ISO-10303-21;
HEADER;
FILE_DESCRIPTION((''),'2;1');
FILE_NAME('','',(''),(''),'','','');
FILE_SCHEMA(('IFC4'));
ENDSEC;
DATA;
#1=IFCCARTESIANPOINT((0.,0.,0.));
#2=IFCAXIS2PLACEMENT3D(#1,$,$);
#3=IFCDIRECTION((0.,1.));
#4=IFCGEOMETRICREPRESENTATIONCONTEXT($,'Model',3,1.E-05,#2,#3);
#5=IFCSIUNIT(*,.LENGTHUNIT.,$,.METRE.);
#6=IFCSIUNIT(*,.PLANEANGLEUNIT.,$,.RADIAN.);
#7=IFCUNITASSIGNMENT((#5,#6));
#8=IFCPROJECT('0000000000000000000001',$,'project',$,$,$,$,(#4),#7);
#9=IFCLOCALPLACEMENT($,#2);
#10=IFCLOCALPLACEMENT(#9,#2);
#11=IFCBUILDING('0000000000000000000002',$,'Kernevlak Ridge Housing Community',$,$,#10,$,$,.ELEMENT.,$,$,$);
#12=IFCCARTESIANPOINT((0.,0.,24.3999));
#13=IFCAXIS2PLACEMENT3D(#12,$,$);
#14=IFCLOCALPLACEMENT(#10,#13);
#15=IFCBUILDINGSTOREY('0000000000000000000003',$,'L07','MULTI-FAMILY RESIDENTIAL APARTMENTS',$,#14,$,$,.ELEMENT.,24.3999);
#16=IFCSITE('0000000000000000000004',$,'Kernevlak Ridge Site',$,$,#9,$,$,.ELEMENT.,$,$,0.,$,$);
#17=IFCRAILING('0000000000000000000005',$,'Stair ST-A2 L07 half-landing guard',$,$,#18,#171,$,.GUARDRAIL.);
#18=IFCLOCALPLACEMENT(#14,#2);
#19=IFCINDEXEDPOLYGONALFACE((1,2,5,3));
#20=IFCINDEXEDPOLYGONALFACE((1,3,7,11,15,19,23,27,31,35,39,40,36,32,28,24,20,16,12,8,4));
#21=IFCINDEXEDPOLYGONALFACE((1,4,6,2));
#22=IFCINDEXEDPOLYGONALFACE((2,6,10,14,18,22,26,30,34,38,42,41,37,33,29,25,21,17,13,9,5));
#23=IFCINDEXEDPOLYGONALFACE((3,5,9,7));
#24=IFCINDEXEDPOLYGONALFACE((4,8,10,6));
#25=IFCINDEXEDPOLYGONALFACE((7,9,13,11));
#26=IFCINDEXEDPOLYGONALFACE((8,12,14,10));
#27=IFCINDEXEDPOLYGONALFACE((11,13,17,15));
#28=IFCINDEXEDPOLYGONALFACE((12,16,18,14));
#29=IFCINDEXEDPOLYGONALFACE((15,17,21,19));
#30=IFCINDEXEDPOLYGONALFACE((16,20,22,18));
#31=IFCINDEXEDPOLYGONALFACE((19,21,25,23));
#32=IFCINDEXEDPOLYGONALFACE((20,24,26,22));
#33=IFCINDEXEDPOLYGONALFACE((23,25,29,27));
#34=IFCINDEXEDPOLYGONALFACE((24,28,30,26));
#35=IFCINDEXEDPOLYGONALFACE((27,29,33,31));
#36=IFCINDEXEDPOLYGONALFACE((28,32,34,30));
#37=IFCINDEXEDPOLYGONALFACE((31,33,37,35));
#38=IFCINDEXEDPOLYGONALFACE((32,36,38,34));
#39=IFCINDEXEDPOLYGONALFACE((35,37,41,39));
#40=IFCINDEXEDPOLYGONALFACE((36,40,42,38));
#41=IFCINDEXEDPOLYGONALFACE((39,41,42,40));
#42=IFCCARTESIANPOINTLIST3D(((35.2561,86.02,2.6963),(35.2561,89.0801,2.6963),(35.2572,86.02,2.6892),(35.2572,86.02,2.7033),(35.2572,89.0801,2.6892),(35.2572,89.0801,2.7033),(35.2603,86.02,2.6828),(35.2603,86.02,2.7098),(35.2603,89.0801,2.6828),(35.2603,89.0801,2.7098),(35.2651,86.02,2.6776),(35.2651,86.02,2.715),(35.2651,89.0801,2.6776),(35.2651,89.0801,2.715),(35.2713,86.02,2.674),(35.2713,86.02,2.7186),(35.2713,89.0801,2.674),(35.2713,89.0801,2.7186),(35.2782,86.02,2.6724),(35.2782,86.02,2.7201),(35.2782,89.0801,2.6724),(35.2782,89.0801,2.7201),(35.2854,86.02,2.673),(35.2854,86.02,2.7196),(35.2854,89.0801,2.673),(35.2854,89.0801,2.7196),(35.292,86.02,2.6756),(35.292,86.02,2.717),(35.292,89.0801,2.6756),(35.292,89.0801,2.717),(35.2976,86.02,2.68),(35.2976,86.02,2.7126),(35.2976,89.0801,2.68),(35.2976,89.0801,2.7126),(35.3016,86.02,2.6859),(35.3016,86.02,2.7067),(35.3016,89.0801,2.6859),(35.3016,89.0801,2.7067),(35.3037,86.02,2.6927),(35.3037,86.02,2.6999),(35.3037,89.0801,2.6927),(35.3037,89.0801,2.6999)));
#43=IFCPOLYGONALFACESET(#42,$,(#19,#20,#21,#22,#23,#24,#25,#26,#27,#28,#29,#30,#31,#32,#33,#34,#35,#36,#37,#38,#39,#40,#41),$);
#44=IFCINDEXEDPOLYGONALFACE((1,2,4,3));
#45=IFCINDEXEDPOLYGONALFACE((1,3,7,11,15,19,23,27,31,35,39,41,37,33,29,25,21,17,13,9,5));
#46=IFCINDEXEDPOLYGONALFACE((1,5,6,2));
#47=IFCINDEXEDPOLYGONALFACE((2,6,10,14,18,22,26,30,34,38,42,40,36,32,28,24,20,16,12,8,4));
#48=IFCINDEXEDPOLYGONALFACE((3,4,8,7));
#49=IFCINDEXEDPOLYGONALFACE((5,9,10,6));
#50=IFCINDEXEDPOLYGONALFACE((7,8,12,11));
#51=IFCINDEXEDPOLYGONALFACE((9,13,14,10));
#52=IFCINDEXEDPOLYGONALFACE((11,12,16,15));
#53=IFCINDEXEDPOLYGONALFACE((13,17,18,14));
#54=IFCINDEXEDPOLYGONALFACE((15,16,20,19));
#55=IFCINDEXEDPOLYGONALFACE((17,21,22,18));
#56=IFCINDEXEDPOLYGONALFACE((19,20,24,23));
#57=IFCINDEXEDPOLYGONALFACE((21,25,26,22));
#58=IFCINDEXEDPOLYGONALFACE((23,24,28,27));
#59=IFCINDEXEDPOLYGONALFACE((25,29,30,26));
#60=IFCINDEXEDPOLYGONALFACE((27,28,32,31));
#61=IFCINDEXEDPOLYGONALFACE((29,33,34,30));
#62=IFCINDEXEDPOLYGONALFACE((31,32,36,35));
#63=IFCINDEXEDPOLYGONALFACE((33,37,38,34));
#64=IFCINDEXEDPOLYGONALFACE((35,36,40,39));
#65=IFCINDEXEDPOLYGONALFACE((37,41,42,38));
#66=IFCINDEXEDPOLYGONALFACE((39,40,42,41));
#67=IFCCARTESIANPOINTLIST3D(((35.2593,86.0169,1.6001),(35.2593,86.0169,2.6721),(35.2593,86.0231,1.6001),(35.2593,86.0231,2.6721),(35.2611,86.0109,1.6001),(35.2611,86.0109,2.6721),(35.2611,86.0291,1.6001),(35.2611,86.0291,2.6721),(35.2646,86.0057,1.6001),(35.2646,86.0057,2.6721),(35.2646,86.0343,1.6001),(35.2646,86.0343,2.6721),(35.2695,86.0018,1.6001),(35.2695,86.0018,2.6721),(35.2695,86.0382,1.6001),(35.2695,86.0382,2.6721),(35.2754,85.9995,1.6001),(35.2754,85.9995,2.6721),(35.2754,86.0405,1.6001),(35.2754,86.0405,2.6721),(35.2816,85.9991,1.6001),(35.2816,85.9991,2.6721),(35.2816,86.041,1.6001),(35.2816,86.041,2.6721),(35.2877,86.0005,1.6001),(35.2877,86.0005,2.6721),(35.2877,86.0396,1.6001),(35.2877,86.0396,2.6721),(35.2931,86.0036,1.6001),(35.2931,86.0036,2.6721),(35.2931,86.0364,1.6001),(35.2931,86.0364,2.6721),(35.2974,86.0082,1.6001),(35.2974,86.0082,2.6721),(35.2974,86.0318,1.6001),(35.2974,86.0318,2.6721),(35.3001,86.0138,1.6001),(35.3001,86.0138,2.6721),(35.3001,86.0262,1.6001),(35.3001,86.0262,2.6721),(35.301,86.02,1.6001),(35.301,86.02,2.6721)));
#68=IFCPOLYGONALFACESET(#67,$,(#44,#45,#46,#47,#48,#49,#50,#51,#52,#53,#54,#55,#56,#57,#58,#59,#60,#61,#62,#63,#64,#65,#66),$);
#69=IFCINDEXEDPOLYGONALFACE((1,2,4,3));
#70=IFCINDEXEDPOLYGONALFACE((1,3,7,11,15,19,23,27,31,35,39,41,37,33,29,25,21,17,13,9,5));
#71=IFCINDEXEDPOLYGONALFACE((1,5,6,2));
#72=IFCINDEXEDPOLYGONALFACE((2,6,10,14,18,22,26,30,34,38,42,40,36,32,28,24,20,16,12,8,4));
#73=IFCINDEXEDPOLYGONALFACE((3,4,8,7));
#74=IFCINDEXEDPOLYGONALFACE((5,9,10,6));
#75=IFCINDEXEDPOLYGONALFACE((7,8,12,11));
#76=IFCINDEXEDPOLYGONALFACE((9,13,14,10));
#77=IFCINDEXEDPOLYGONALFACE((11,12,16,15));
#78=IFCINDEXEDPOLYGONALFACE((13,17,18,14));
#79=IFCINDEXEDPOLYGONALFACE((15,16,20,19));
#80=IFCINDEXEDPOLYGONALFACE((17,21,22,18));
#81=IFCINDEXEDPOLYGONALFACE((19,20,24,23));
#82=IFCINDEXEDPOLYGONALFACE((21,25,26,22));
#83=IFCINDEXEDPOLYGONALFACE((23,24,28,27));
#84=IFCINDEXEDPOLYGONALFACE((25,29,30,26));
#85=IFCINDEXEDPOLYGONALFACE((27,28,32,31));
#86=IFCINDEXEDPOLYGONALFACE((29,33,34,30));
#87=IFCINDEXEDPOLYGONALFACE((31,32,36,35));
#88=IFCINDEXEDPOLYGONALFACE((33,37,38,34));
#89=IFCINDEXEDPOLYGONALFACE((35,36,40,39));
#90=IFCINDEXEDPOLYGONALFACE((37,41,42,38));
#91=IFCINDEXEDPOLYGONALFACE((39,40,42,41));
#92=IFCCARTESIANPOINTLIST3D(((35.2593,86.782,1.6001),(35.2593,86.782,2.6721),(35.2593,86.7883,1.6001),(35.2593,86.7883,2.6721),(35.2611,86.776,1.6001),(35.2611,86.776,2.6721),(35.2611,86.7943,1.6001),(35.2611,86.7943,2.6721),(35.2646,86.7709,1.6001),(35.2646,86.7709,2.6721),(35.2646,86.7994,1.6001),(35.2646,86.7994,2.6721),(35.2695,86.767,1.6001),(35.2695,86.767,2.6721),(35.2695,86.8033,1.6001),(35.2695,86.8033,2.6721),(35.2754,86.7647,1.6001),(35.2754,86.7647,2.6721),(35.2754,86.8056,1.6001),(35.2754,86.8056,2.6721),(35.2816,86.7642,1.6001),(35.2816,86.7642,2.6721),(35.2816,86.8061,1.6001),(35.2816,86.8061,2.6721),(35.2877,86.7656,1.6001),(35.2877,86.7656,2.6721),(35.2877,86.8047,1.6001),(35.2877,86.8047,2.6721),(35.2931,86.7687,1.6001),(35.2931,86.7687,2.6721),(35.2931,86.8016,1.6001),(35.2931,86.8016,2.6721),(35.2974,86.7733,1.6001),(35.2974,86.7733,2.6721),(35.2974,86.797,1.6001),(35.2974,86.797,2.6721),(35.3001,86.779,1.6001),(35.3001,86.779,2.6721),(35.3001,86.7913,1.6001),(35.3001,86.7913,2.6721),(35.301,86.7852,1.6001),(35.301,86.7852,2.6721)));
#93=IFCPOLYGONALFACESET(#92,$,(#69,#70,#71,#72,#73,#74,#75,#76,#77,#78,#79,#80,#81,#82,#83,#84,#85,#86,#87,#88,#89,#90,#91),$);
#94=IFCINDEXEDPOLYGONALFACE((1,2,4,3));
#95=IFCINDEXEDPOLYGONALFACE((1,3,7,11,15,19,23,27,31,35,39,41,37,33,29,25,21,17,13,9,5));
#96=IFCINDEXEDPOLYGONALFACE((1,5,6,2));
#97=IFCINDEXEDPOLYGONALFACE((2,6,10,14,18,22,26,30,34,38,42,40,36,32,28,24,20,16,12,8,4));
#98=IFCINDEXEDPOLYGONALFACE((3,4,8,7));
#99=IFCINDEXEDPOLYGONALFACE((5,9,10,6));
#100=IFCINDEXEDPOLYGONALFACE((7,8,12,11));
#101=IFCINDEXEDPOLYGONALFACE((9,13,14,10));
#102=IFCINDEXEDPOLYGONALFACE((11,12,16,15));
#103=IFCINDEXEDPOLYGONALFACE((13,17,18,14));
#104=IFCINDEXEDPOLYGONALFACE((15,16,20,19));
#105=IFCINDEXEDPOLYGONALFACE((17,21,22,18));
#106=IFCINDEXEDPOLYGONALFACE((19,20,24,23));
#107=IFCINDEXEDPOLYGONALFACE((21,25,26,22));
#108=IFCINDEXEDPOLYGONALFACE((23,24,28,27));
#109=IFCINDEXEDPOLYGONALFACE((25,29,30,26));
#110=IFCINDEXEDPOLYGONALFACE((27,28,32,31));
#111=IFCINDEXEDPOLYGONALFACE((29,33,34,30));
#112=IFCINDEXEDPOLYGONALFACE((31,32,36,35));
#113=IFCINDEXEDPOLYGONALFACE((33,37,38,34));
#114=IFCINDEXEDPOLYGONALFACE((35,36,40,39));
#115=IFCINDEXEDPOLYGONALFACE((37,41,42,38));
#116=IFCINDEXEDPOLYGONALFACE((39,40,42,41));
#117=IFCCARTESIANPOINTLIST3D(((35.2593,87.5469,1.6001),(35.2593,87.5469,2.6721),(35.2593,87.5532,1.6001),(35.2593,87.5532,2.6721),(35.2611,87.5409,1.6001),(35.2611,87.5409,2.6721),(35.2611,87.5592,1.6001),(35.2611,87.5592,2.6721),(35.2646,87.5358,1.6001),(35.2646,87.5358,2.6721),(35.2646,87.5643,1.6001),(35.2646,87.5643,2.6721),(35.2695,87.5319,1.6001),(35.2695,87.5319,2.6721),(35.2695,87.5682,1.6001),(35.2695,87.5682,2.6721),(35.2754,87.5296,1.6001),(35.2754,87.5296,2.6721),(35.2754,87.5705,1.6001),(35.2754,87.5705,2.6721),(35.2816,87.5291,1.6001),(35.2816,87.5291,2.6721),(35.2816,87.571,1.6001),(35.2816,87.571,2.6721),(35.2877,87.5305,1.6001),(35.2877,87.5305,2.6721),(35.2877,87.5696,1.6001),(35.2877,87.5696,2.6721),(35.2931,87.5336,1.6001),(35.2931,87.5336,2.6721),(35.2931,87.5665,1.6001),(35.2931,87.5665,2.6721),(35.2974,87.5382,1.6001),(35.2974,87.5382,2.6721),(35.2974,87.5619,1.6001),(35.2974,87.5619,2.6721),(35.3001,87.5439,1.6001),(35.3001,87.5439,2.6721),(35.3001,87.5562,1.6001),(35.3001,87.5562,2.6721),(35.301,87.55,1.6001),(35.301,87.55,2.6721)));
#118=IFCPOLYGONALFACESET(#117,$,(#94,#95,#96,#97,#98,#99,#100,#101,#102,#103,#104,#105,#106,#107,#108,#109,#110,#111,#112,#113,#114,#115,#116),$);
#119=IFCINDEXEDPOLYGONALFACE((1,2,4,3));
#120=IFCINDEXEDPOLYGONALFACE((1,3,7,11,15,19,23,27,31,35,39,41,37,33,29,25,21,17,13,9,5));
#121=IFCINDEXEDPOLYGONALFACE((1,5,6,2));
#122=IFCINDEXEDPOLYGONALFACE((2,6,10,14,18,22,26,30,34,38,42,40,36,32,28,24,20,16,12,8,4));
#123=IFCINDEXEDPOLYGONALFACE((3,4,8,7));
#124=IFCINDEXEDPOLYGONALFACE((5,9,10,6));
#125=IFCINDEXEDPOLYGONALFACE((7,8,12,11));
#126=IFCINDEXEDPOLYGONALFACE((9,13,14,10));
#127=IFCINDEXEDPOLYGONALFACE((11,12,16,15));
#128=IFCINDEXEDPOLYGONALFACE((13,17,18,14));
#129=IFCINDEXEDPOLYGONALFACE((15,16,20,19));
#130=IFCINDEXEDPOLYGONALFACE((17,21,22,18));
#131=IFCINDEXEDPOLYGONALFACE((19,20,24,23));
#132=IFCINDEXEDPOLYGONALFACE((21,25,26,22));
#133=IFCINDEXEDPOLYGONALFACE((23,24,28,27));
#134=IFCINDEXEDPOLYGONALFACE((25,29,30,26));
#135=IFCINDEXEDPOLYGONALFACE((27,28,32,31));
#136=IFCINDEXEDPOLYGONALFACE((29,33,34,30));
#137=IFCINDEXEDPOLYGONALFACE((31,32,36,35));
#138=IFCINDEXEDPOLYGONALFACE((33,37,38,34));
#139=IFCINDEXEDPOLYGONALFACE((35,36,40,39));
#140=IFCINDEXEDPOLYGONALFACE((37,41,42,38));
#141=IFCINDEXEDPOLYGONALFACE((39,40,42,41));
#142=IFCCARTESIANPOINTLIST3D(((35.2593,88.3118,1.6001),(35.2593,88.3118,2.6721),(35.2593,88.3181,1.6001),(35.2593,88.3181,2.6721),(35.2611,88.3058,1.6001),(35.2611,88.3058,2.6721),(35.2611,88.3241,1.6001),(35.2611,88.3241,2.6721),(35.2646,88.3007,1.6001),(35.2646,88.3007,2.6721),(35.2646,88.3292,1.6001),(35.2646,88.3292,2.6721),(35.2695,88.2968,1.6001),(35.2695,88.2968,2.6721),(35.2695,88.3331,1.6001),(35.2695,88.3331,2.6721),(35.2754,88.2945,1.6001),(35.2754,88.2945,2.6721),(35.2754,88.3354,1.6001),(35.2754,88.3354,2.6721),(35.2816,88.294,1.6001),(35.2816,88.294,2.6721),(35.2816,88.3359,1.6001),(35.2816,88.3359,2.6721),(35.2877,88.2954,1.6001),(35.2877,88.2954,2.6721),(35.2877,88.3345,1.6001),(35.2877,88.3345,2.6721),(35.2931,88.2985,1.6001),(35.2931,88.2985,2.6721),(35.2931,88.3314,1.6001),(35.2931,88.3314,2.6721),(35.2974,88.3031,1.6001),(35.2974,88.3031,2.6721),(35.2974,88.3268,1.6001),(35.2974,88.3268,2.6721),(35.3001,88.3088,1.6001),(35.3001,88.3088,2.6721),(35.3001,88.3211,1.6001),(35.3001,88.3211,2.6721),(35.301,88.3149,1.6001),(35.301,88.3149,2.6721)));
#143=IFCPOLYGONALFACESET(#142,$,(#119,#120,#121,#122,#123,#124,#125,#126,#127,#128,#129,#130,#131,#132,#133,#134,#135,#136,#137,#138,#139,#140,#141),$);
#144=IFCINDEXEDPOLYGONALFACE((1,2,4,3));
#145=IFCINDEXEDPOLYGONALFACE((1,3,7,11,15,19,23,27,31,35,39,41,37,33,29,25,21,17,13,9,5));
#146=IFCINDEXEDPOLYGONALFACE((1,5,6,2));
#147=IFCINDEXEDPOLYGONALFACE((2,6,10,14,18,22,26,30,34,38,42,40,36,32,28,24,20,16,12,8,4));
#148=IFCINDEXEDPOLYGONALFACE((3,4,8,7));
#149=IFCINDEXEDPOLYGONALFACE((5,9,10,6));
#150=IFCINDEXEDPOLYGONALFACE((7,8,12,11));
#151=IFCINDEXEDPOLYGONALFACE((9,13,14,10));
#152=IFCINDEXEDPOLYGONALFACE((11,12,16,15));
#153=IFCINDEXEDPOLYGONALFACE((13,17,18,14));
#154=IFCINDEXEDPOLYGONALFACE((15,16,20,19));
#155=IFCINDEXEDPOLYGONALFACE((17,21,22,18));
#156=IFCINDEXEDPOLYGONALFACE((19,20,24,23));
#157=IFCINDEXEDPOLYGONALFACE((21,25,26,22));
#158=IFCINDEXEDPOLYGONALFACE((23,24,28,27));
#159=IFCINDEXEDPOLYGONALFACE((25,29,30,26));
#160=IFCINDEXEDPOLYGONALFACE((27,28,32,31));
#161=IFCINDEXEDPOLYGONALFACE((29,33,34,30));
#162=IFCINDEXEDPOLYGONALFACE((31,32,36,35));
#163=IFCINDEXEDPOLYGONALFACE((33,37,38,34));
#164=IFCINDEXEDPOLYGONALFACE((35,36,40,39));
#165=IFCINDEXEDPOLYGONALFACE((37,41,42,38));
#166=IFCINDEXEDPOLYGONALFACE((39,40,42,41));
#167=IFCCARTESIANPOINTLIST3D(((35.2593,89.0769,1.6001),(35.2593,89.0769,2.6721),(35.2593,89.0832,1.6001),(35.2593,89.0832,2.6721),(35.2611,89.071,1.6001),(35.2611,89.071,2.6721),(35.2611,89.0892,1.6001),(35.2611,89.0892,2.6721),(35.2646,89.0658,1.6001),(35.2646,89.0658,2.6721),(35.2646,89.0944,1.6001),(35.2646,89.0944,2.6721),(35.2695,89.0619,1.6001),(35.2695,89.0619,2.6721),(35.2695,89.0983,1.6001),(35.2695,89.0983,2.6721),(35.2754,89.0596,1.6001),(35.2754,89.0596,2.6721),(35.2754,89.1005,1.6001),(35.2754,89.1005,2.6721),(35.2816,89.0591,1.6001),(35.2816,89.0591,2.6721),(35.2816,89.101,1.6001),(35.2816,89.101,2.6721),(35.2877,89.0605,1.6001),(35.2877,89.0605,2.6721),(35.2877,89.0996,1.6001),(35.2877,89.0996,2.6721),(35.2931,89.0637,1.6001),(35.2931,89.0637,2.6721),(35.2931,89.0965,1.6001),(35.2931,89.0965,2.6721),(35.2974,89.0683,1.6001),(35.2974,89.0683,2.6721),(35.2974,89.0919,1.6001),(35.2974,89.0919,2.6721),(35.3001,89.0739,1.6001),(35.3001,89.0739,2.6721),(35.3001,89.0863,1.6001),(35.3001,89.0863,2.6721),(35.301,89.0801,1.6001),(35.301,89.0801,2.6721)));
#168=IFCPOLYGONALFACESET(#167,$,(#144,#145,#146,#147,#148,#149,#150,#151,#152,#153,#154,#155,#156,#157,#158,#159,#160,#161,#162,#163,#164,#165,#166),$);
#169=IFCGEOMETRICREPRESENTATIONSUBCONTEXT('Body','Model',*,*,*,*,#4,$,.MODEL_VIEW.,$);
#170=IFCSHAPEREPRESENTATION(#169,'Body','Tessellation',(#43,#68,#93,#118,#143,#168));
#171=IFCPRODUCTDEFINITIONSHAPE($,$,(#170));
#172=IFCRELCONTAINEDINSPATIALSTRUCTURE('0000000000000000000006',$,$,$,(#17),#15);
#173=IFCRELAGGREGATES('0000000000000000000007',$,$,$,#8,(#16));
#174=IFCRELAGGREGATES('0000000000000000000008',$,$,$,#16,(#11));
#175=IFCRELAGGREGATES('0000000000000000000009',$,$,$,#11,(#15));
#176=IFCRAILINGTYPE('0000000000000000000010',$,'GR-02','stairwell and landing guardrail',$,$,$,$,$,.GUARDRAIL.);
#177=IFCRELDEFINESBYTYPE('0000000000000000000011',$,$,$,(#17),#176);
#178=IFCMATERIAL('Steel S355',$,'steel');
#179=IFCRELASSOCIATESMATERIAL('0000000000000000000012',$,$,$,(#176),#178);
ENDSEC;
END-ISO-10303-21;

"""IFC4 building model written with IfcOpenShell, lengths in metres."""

from ifc_helpers import new_model, si_unit, direction, frame, origin, origin_2d, place, context, subcontext, project, spatial, circle, extrude, material, type_object, element, save


model = new_model("IFC4")

# Units and contexts
model_context = context("Model", 3, precision=1e-05, world=origin(), true_north=direction((0.0, 1.0)))
body_context = subcontext(model_context, "Body", "Model", "MODEL_VIEW")
ifc_project = project(units=[si_unit("LENGTHUNIT", "METRE"), si_unit("PLANEANGLEUNIT", "RADIAN")], contexts=[model_context])

# Site, building, storey
site_placement = place(None, origin())
site = spatial("IfcSite", under=ifc_project, at=site_placement, Name="Kernevlak Ridge Site", CompositionType="ELEMENT", RefElevation=0.0)
building_placement = place(site_placement, origin())
building = spatial("IfcBuilding", under=site, at=building_placement, Name="Kernevlak Ridge Housing Community", CompositionType="ELEMENT")
storey_placement = place(building_placement, frame((0.0, 0.0, 24.3999)))
storey = spatial("IfcBuildingStorey", under=building, at=storey_placement, Name="L07", Description="MULTI-FAMILY RESIDENTIAL APARTMENTS", CompositionType="ELEMENT", Elevation=24.3999)

# Railing
ifc_material_1 = material(Name="Steel S355", Category="steel")
railing_type_1 = type_object("IfcRailingType", Name="GR-02", Description="stairwell and landing guardrail", PredefinedType="GUARDRAIL", material=ifc_material_1)
railing_1_placement = place(storey_placement, frame((35.28, 86.02, 1.6001)))
element("IfcRailing", 1, at=railing_1_placement, inside=storey, type_object=railing_type_1, Name="Stair ST-A2 L07 half-landing guard", PredefinedType="GUARDRAIL", context=body_context, shape_type="SweptSolid", body=[
    extrude(circle(Radius=0.0239, at=origin_2d()), frame((0.0, 0.0, 1.0962), z_axis=(0.0, 1.0, 0.0), x_axis=(-1.0, 0.0, 0.0)), (0.0, 0.0, 1.0), 3.0601),
    extrude(circle(Radius=0.021, at=origin_2d()), origin(), (0.0, 0.0, 1.0), 1.072),
    extrude(circle(Radius=0.021, at=origin_2d()), frame((0.0, 0.7651, 0.0)), (0.0, 0.0, 1.0), 1.072),
    extrude(circle(Radius=0.021, at=origin_2d()), frame((0.0, 1.53, 0.0)), (0.0, 0.0, 1.0), 1.072),
    extrude(circle(Radius=0.021, at=origin_2d()), frame((0.0, 2.2949, 0.0)), (0.0, 0.0, 1.0), 1.072),
    extrude(circle(Radius=0.021, at=origin_2d()), frame((0.0, 3.0601, 0.0)), (0.0, 0.0, 1.0), 1.072),
])

save(model, "model.ifc")
